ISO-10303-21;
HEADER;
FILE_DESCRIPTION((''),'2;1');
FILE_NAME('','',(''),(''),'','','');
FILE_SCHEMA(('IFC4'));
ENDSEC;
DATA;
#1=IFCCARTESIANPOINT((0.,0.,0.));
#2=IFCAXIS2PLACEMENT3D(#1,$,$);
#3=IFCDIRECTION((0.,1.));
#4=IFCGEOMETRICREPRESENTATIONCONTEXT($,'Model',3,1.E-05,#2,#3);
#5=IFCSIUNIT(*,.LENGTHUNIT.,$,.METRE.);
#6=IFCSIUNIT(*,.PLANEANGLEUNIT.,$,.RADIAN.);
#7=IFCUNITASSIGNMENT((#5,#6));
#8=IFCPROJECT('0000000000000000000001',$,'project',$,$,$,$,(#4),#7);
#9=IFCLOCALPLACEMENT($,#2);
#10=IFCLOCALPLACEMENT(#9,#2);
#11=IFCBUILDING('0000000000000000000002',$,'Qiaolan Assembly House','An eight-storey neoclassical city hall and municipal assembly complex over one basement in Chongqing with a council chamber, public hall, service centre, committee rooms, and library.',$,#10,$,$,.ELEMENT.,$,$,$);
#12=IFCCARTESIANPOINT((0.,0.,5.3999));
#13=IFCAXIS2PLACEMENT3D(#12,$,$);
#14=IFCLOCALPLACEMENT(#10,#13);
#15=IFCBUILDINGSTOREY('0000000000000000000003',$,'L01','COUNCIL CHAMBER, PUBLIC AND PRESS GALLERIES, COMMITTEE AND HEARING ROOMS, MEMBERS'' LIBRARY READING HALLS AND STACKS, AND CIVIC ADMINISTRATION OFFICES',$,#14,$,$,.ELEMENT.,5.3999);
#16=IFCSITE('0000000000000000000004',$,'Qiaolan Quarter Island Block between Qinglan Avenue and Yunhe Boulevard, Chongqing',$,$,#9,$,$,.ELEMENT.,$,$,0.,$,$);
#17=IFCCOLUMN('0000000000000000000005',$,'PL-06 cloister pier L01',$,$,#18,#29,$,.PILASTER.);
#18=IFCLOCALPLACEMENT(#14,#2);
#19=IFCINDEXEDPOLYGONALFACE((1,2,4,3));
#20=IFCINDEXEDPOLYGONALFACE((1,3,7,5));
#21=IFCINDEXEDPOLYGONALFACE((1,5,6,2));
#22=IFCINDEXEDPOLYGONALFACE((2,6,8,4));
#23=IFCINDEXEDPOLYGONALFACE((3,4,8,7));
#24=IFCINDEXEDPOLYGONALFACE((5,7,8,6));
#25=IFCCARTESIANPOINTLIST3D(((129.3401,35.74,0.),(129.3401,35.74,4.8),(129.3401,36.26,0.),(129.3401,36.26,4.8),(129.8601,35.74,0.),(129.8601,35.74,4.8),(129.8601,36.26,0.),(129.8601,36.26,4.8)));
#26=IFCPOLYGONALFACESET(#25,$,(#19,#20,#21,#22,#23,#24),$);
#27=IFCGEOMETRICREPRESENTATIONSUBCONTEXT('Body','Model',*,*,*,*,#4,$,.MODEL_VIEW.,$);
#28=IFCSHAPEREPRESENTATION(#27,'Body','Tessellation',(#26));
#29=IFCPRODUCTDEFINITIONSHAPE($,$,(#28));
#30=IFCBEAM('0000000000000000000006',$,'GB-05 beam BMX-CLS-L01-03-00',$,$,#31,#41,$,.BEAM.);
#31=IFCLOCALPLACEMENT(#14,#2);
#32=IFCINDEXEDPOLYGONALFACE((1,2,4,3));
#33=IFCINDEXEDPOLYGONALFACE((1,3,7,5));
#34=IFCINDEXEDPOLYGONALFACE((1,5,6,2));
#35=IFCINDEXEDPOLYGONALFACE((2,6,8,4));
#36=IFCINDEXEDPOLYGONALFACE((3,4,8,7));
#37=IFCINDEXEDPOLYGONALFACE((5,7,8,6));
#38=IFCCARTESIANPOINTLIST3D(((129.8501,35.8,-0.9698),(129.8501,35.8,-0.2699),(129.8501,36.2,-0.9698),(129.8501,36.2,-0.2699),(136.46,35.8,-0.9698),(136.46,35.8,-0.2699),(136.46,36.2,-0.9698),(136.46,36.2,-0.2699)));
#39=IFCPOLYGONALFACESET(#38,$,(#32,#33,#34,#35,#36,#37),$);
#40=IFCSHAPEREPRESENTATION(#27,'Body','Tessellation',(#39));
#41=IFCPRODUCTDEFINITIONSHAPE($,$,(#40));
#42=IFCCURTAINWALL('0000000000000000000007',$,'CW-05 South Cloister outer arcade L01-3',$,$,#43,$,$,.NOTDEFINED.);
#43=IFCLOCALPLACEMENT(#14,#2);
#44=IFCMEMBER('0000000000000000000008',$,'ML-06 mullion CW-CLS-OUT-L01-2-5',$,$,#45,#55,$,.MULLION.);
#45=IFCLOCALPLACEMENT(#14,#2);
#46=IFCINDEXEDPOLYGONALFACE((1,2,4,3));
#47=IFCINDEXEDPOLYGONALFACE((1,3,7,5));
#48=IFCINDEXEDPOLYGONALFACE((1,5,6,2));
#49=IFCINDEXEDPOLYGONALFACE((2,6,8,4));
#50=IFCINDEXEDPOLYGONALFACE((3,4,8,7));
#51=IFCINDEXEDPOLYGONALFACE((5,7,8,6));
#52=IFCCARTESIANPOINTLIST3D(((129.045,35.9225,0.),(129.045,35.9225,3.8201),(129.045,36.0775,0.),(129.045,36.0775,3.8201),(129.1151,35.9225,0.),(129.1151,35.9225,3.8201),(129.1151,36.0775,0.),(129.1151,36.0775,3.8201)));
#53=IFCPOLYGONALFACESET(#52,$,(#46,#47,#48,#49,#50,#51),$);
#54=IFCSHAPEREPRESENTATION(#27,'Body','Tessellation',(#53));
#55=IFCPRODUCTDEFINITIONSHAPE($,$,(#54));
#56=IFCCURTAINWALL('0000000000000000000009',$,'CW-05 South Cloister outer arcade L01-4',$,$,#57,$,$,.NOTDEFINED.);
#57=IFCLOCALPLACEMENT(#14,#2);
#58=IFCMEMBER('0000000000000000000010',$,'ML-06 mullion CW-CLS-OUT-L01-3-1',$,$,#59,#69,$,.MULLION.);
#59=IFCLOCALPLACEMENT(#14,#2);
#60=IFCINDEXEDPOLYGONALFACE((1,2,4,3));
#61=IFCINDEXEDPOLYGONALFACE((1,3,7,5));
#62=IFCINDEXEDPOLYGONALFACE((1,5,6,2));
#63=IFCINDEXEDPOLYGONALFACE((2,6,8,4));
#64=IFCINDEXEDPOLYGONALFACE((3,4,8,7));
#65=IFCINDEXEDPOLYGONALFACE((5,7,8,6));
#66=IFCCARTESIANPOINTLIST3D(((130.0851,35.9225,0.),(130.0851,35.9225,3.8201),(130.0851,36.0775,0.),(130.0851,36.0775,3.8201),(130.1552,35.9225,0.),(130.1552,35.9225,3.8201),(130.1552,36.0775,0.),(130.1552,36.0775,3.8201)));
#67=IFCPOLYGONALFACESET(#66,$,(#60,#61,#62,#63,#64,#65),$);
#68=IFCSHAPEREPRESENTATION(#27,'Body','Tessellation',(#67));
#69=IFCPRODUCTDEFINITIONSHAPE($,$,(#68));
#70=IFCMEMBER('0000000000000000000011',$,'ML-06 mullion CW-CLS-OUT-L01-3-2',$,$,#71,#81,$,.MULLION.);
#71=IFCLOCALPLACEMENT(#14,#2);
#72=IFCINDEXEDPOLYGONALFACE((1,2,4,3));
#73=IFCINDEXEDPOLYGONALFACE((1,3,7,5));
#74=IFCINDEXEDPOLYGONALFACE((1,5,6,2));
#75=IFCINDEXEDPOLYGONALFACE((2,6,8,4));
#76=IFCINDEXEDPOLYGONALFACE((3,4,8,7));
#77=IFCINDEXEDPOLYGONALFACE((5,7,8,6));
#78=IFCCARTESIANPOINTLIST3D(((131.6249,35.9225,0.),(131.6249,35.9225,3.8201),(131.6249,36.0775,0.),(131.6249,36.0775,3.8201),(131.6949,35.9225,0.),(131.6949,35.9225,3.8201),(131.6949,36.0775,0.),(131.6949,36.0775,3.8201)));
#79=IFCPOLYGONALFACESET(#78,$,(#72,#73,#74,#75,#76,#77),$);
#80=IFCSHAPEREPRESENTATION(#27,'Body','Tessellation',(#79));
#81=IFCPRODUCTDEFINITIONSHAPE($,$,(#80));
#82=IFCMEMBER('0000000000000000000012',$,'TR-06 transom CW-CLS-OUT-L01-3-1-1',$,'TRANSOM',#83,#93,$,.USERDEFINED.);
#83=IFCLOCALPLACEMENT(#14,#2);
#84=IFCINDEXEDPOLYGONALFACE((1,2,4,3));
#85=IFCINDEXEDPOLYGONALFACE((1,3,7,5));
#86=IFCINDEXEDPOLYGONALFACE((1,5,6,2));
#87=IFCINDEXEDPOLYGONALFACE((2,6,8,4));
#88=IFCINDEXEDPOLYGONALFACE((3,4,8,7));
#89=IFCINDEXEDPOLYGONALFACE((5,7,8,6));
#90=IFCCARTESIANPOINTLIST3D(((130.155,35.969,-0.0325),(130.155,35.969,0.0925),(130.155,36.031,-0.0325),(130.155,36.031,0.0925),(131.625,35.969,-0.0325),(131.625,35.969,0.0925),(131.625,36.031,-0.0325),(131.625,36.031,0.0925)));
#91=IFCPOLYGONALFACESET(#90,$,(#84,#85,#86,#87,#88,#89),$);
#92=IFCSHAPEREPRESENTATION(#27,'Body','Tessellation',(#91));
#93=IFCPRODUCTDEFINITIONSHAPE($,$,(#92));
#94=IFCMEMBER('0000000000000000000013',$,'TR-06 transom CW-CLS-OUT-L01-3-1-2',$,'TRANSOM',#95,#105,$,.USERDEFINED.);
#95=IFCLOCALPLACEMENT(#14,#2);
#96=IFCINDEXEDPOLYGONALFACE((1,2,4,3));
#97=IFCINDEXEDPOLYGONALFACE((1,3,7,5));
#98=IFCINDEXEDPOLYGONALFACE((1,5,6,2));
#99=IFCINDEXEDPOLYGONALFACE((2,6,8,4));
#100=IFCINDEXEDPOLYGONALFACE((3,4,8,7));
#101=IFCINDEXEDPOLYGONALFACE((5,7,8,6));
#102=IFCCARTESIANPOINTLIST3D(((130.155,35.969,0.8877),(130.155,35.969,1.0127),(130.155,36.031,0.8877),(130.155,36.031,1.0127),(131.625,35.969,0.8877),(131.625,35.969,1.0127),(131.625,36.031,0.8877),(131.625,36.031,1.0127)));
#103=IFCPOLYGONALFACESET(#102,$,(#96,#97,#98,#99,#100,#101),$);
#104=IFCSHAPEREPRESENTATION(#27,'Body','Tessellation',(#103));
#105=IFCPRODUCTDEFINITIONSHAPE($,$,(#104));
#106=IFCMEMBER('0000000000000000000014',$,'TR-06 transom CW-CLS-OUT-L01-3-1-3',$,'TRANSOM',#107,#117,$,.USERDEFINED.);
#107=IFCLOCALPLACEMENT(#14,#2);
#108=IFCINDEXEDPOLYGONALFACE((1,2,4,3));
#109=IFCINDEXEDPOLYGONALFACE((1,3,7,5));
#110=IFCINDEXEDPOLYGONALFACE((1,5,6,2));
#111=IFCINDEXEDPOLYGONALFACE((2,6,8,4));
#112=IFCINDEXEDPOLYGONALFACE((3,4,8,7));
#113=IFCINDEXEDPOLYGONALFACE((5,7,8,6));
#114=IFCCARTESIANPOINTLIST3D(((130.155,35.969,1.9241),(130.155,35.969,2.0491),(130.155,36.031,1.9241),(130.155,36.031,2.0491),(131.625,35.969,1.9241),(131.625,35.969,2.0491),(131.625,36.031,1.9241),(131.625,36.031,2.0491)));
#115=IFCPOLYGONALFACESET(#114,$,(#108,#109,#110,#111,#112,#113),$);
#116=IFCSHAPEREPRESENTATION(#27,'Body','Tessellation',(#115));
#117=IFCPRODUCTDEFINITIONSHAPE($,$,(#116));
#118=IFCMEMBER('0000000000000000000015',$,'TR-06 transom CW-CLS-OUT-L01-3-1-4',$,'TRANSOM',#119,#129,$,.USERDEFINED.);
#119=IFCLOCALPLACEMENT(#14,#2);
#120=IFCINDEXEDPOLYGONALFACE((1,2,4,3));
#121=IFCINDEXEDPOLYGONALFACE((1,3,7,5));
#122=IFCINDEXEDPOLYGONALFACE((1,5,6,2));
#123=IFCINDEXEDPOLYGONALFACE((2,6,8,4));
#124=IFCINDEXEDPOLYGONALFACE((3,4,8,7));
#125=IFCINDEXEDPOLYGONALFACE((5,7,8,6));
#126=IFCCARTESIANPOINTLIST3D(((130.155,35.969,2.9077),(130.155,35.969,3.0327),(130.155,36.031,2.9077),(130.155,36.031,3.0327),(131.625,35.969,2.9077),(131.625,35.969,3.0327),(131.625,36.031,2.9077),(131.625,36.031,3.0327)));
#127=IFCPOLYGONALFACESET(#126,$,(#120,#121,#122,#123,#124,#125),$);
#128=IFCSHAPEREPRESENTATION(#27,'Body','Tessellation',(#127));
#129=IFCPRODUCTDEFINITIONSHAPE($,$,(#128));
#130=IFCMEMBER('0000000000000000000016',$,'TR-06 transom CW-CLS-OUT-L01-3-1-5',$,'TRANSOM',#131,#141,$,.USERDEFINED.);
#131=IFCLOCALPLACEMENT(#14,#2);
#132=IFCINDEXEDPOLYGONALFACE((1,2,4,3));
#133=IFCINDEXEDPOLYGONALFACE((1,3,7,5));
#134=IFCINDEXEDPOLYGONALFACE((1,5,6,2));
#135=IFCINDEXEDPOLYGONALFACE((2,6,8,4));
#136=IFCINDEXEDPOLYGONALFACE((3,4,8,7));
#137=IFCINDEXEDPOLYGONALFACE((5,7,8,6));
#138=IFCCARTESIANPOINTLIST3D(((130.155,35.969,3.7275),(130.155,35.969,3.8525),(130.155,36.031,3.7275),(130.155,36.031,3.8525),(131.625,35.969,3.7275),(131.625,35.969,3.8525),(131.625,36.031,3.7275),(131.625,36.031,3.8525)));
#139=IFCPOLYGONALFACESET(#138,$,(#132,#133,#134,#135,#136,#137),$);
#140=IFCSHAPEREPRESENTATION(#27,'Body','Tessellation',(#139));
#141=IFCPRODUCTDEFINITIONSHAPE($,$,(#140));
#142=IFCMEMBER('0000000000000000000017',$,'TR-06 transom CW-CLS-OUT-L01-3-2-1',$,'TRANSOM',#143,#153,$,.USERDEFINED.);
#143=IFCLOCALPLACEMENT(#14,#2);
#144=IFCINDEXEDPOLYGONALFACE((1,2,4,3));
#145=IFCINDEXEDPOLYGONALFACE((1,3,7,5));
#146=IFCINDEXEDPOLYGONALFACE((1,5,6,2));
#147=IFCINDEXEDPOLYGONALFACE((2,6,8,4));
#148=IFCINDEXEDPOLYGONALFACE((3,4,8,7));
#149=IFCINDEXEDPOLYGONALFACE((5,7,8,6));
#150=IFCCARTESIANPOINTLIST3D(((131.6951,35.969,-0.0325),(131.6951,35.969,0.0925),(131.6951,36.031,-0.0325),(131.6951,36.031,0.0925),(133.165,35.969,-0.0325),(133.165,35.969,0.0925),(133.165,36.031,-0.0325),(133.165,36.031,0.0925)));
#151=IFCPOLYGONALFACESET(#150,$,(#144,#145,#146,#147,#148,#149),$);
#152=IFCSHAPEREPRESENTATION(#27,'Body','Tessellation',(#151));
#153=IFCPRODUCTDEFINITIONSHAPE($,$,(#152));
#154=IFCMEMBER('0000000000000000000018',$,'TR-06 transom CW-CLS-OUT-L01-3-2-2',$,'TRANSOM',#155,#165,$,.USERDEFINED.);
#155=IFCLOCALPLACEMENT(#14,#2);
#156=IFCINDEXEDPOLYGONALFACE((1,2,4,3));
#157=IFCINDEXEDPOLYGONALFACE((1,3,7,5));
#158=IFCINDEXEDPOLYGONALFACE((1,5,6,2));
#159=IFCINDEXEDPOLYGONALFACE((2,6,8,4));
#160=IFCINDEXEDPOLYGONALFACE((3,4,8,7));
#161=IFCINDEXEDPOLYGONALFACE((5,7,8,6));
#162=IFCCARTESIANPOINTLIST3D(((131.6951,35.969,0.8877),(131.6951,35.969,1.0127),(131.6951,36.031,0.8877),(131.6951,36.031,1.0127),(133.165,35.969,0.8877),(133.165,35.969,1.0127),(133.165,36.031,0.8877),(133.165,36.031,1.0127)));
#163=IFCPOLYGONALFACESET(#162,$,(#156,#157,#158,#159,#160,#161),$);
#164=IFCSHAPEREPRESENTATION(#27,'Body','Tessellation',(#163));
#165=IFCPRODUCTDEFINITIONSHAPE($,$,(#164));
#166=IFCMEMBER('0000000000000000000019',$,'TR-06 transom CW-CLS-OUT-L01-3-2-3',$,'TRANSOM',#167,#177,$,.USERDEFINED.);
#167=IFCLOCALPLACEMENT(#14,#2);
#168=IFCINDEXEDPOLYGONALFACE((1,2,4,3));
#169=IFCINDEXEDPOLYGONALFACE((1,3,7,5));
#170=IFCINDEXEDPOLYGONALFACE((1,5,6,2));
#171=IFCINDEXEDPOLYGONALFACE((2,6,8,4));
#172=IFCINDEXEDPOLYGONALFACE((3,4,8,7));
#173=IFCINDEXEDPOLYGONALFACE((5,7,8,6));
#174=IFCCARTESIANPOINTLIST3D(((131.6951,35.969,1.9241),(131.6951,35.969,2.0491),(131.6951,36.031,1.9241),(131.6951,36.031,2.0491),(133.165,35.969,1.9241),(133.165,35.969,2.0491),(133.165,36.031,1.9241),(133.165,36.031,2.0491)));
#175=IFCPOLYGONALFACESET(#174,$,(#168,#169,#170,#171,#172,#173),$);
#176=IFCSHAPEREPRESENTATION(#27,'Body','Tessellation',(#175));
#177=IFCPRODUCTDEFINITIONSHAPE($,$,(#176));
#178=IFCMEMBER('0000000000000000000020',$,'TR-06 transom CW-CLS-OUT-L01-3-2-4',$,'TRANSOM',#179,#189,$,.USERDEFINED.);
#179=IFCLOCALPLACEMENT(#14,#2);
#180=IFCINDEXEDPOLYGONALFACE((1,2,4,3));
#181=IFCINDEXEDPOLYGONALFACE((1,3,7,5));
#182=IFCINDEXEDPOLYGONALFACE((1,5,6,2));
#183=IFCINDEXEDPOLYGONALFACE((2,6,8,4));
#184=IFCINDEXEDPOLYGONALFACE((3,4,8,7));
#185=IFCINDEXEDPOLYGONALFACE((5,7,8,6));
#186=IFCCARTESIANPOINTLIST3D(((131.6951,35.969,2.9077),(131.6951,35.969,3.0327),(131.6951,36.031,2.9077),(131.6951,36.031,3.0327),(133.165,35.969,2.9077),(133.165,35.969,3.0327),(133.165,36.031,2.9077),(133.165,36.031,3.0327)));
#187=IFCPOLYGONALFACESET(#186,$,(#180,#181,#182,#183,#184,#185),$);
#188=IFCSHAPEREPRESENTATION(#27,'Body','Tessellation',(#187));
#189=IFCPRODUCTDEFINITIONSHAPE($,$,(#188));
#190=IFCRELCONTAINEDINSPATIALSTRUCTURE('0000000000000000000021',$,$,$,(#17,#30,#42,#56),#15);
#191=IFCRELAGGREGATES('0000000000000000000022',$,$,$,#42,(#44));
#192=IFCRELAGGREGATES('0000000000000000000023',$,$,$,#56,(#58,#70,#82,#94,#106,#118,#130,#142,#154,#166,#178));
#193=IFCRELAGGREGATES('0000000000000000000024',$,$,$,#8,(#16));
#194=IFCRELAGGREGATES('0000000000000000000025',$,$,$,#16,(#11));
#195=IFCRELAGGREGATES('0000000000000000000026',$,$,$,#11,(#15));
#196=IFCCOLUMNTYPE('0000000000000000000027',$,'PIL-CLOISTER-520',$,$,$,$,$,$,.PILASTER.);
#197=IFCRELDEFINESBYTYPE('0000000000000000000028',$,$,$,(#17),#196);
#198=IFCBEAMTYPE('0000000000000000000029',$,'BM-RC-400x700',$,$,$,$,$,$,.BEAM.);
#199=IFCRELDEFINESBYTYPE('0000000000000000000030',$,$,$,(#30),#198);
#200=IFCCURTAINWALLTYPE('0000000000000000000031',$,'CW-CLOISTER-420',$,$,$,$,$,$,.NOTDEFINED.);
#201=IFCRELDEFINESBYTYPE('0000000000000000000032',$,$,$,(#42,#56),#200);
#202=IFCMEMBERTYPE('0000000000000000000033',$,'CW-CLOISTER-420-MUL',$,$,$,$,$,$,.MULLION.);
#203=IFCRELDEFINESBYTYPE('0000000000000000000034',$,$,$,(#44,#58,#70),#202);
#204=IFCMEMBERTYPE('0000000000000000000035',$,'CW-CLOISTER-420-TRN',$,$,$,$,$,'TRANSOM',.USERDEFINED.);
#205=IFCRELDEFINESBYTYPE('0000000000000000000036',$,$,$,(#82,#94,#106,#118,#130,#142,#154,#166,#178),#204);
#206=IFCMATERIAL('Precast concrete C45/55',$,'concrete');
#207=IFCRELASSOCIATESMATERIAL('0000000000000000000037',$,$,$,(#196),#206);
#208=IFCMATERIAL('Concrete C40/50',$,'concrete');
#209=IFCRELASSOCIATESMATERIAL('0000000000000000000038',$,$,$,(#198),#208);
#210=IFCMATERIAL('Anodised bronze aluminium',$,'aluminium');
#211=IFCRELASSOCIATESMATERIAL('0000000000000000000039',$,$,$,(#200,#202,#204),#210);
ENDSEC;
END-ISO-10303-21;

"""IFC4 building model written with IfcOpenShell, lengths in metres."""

from ifc_helpers import new_model, si_unit, direction, frame, origin, origin_2d, place, context, subcontext, project, spatial, rectangle, extrude, material, material_profile, profile_set, type_object, element, aggregate, save


model = new_model("IFC4")

# Units and contexts
model_context = context("Model", 3, precision=1e-05, world=origin(), true_north=direction((0.0, 1.0)))
body_context = subcontext(model_context, "Body", "Model", "MODEL_VIEW")
ifc_project = project(units=[si_unit("LENGTHUNIT", "METRE"), si_unit("PLANEANGLEUNIT", "RADIAN")], contexts=[model_context])

# Site, building, storey
site_placement = place(None, origin())
site = spatial("IfcSite", under=ifc_project, at=site_placement, Name="Qiaolan Quarter Island Block between Qinglan Avenue and Yunhe Boulevard, Chongqing", CompositionType="ELEMENT", RefElevation=0.0)
building_placement = place(site_placement, origin())
building = spatial("IfcBuilding", under=site, at=building_placement, Name="Qiaolan Assembly House", Description="An eight-storey neoclassical city hall and municipal assembly complex over one basement in Chongqing with a council chamber, public hall, service centre, committee rooms, and library.", CompositionType="ELEMENT")
storey_placement = place(building_placement, frame((0.0, 0.0, 5.3999)))
storey = spatial("IfcBuildingStorey", under=building, at=storey_placement, Name="L01", Description="COUNCIL CHAMBER, PUBLIC AND PRESS GALLERIES, COMMITTEE AND HEARING ROOMS, MEMBERS' LIBRARY READING HALLS AND STACKS, AND CIVIC ADMINISTRATION OFFICES", CompositionType="ELEMENT", Elevation=5.3999)

# Column
ifc_material_1 = material(Name="Precast concrete C45/55", Category="concrete")
ifc_material_profile_1 = material_profile(ifc_material_1, rectangle(XDim=0.52, YDim=0.52, at=origin_2d()), Name="PIL 520x520")
ifc_profile_set_1 = profile_set([ifc_material_profile_1], Name="Precast concrete C45/55")
column_type = type_object("IfcColumnType", Name="PIL-CLOISTER-520", PredefinedType="PILASTER", material=ifc_profile_set_1)
column_placement = place(storey_placement, frame((129.6001, 36.0, 0.0), z_axis=(0.0, 0.0, 1.0), x_axis=(1.0, 0.0, 0.0)))
element("IfcColumn", 1, at=column_placement, inside=storey, type_object=column_type, Name="PL-06 cloister pier L01", PredefinedType="PILASTER", context=body_context, shape_type="SweptSolid", body=[
    extrude(rectangle(XDim=0.52, YDim=0.52, at=origin_2d()), origin(), (0.0, 0.0, 1.0), 4.8),
])

# Beam
ifc_material_2 = material(Name="Concrete C40/50", Category="concrete")
ifc_material_profile_2 = material_profile(ifc_material_2, rectangle(XDim=0.3999, YDim=0.7, at=origin_2d()), Name="RCB 400x700")
ifc_profile_set_2 = profile_set([ifc_material_profile_2], Name="Concrete C40/50")
beam_type = type_object("IfcBeamType", Name="BM-RC-400x700", PredefinedType="BEAM", material=ifc_profile_set_2)
beam_placement = place(storey_placement, frame((129.8501, 36.0, -0.6199), z_axis=(1.0, 0.0, 0.0), x_axis=(0.0, 1.0, 0.0)))
element("IfcBeam", 2, at=beam_placement, inside=storey, type_object=beam_type, Name="GB-05 beam BMX-CLS-L01-03-00", PredefinedType="BEAM", context=body_context, shape_type="SweptSolid", body=[
    extrude(rectangle(XDim=0.3999, YDim=0.7, at=origin_2d()), origin(), (0.0, 0.0, 1.0), 6.6099),
])

# Curtain wall, member
ifc_material_3 = material(Name="Anodised bronze aluminium", Category="aluminium")
curtain_wall_type = type_object("IfcCurtainWallType", Name="CW-CLOISTER-420", PredefinedType="NOTDEFINED", material=ifc_material_3)
curtain_wall_1_placement = place(storey_placement, origin())
curtain_wall_1 = element("IfcCurtainWall", 3, at=curtain_wall_1_placement, inside=storey, type_object=curtain_wall_type, Name="CW-05 South Cloister outer arcade L01-3", PredefinedType="NOTDEFINED")
ifc_material_profile_3 = material_profile(ifc_material_3, rectangle(XDim=0.0701, YDim=0.155, at=origin_2d()), Name="MUL 70x155")
ifc_profile_set_3 = profile_set([ifc_material_profile_3], Name="Anodised bronze aluminium")
member_type_1 = type_object("IfcMemberType", Name="CW-CLOISTER-420-MUL", PredefinedType="MULLION", material=ifc_profile_set_3)
member_1_placement = place(storey_placement, frame((129.0801, 36.0, 0.0), z_axis=(0.0, 0.0, 1.0), x_axis=(1.0, 0.0, 0.0)))
member_1 = element("IfcMember", 4, at=member_1_placement, type_object=member_type_1, Name="ML-06 mullion CW-CLS-OUT-L01-2-5", PredefinedType="MULLION", context=body_context, shape_type="SweptSolid", body=[
    extrude(rectangle(XDim=0.0701, YDim=0.155, at=origin_2d()), origin(), (0.0, 0.0, 1.0), 3.8201),
])
aggregate(curtain_wall_1, [member_1])

# Curtain wall, members
curtain_wall_2_placement = place(storey_placement, origin())
curtain_wall_2 = element("IfcCurtainWall", 5, at=curtain_wall_2_placement, inside=storey, type_object=curtain_wall_type, Name="CW-05 South Cloister outer arcade L01-4", PredefinedType="NOTDEFINED")
member_2_placement = place(storey_placement, frame((130.1201, 36.0, 0.0), z_axis=(0.0, 0.0, 1.0), x_axis=(1.0, 0.0, 0.0)))
member_2 = element("IfcMember", 6, at=member_2_placement, type_object=member_type_1, Name="ML-06 mullion CW-CLS-OUT-L01-3-1", PredefinedType="MULLION", context=body_context, shape_type="SweptSolid", body=[
    extrude(rectangle(XDim=0.0701, YDim=0.155, at=origin_2d()), origin(), (0.0, 0.0, 1.0), 3.8201),
])
member_3_placement = place(storey_placement, frame((131.6599, 36.0, 0.0), z_axis=(0.0, 0.0, 1.0), x_axis=(1.0, 0.0, 0.0)))
member_3 = element("IfcMember", 7, at=member_3_placement, type_object=member_type_1, Name="ML-06 mullion CW-CLS-OUT-L01-3-2", PredefinedType="MULLION", context=body_context, shape_type="SweptSolid", body=[
    extrude(rectangle(XDim=0.0701, YDim=0.155, at=origin_2d()), origin(), (0.0, 0.0, 1.0), 3.8201),
])
ifc_material_profile_4 = material_profile(ifc_material_3, rectangle(XDim=0.062, YDim=0.125, at=origin_2d()), Name="TRN 62x125")
ifc_profile_set_4 = profile_set([ifc_material_profile_4], Name="Anodised bronze aluminium")
member_type_2 = type_object("IfcMemberType", Name="CW-CLOISTER-420-TRN", ElementType="TRANSOM", PredefinedType="USERDEFINED", material=ifc_profile_set_4)
member_4_placement = place(storey_placement, frame((130.155, 36.0, 0.03), z_axis=(1.0, 0.0, 0.0), x_axis=(0.0, 1.0, 0.0)))
member_4 = element("IfcMember", 8, at=member_4_placement, type_object=member_type_2, Name="TR-06 transom CW-CLS-OUT-L01-3-1-1", ObjectType="TRANSOM", PredefinedType="USERDEFINED", context=body_context, shape_type="SweptSolid", body=[
    extrude(rectangle(XDim=0.062, YDim=0.125, at=origin_2d()), origin(), (0.0, 0.0, 1.0), 1.47),
])
member_5_placement = place(storey_placement, frame((130.155, 36.0, 0.9502), z_axis=(1.0, 0.0, 0.0), x_axis=(0.0, 1.0, 0.0)))
member_5 = element("IfcMember", 9, at=member_5_placement, type_object=member_type_2, Name="TR-06 transom CW-CLS-OUT-L01-3-1-2", ObjectType="TRANSOM", PredefinedType="USERDEFINED", context=body_context, shape_type="SweptSolid", body=[
    extrude(rectangle(XDim=0.062, YDim=0.125, at=origin_2d()), origin(), (0.0, 0.0, 1.0), 1.47),
])
member_6_placement = place(storey_placement, frame((130.155, 36.0, 1.9866), z_axis=(1.0, 0.0, 0.0), x_axis=(0.0, 1.0, 0.0)))
member_6 = element("IfcMember", 10, at=member_6_placement, type_object=member_type_2, Name="TR-06 transom CW-CLS-OUT-L01-3-1-3", ObjectType="TRANSOM", PredefinedType="USERDEFINED", context=body_context, shape_type="SweptSolid", body=[
    extrude(rectangle(XDim=0.062, YDim=0.125, at=origin_2d()), origin(), (0.0, 0.0, 1.0), 1.47),
])
member_7_placement = place(storey_placement, frame((130.155, 36.0, 2.9702), z_axis=(1.0, 0.0, 0.0), x_axis=(0.0, 1.0, 0.0)))
member_7 = element("IfcMember", 11, at=member_7_placement, type_object=member_type_2, Name="TR-06 transom CW-CLS-OUT-L01-3-1-4", ObjectType="TRANSOM", PredefinedType="USERDEFINED", context=body_context, shape_type="SweptSolid", body=[
    extrude(rectangle(XDim=0.062, YDim=0.125, at=origin_2d()), origin(), (0.0, 0.0, 1.0), 1.47),
])
member_8_placement = place(storey_placement, frame((130.155, 36.0, 3.79), z_axis=(1.0, 0.0, 0.0), x_axis=(0.0, 1.0, 0.0)))
member_8 = element("IfcMember", 12, at=member_8_placement, type_object=member_type_2, Name="TR-06 transom CW-CLS-OUT-L01-3-1-5", ObjectType="TRANSOM", PredefinedType="USERDEFINED", context=body_context, shape_type="SweptSolid", body=[
    extrude(rectangle(XDim=0.062, YDim=0.125, at=origin_2d()), origin(), (0.0, 0.0, 1.0), 1.47),
])
member_9_placement = place(storey_placement, frame((131.6951, 36.0, 0.03), z_axis=(1.0, 0.0, 0.0), x_axis=(0.0, 1.0, 0.0)))
member_9 = element("IfcMember", 13, at=member_9_placement, type_object=member_type_2, Name="TR-06 transom CW-CLS-OUT-L01-3-2-1", ObjectType="TRANSOM", PredefinedType="USERDEFINED", context=body_context, shape_type="SweptSolid", body=[
    extrude(rectangle(XDim=0.062, YDim=0.125, at=origin_2d()), origin(), (0.0, 0.0, 1.0), 1.47),
])
member_10_placement = place(storey_placement, frame((131.6951, 36.0, 0.9502), z_axis=(1.0, 0.0, 0.0), x_axis=(0.0, 1.0, 0.0)))
member_10 = element("IfcMember", 14, at=member_10_placement, type_object=member_type_2, Name="TR-06 transom CW-CLS-OUT-L01-3-2-2", ObjectType="TRANSOM", PredefinedType="USERDEFINED", context=body_context, shape_type="SweptSolid", body=[
    extrude(rectangle(XDim=0.062, YDim=0.125, at=origin_2d()), origin(), (0.0, 0.0, 1.0), 1.47),
])
member_11_placement = place(storey_placement, frame((131.6951, 36.0, 1.9866), z_axis=(1.0, 0.0, 0.0), x_axis=(0.0, 1.0, 0.0)))
member_11 = element("IfcMember", 15, at=member_11_placement, type_object=member_type_2, Name="TR-06 transom CW-CLS-OUT-L01-3-2-3", ObjectType="TRANSOM", PredefinedType="USERDEFINED", context=body_context, shape_type="SweptSolid", body=[
    extrude(rectangle(XDim=0.062, YDim=0.125, at=origin_2d()), origin(), (0.0, 0.0, 1.0), 1.47),
])
member_12_placement = place(storey_placement, frame((131.6951, 36.0, 2.9702), z_axis=(1.0, 0.0, 0.0), x_axis=(0.0, 1.0, 0.0)))
member_12 = element("IfcMember", 16, at=member_12_placement, type_object=member_type_2, Name="TR-06 transom CW-CLS-OUT-L01-3-2-4", ObjectType="TRANSOM", PredefinedType="USERDEFINED", context=body_context, shape_type="SweptSolid", body=[
    extrude(rectangle(XDim=0.062, YDim=0.125, at=origin_2d()), origin(), (0.0, 0.0, 1.0), 1.47),
])
aggregate(curtain_wall_2, [member_2, member_3, member_4, member_5, member_6, member_7, member_8, member_9, member_10, member_11, member_12])

save(model, "model.ifc")
